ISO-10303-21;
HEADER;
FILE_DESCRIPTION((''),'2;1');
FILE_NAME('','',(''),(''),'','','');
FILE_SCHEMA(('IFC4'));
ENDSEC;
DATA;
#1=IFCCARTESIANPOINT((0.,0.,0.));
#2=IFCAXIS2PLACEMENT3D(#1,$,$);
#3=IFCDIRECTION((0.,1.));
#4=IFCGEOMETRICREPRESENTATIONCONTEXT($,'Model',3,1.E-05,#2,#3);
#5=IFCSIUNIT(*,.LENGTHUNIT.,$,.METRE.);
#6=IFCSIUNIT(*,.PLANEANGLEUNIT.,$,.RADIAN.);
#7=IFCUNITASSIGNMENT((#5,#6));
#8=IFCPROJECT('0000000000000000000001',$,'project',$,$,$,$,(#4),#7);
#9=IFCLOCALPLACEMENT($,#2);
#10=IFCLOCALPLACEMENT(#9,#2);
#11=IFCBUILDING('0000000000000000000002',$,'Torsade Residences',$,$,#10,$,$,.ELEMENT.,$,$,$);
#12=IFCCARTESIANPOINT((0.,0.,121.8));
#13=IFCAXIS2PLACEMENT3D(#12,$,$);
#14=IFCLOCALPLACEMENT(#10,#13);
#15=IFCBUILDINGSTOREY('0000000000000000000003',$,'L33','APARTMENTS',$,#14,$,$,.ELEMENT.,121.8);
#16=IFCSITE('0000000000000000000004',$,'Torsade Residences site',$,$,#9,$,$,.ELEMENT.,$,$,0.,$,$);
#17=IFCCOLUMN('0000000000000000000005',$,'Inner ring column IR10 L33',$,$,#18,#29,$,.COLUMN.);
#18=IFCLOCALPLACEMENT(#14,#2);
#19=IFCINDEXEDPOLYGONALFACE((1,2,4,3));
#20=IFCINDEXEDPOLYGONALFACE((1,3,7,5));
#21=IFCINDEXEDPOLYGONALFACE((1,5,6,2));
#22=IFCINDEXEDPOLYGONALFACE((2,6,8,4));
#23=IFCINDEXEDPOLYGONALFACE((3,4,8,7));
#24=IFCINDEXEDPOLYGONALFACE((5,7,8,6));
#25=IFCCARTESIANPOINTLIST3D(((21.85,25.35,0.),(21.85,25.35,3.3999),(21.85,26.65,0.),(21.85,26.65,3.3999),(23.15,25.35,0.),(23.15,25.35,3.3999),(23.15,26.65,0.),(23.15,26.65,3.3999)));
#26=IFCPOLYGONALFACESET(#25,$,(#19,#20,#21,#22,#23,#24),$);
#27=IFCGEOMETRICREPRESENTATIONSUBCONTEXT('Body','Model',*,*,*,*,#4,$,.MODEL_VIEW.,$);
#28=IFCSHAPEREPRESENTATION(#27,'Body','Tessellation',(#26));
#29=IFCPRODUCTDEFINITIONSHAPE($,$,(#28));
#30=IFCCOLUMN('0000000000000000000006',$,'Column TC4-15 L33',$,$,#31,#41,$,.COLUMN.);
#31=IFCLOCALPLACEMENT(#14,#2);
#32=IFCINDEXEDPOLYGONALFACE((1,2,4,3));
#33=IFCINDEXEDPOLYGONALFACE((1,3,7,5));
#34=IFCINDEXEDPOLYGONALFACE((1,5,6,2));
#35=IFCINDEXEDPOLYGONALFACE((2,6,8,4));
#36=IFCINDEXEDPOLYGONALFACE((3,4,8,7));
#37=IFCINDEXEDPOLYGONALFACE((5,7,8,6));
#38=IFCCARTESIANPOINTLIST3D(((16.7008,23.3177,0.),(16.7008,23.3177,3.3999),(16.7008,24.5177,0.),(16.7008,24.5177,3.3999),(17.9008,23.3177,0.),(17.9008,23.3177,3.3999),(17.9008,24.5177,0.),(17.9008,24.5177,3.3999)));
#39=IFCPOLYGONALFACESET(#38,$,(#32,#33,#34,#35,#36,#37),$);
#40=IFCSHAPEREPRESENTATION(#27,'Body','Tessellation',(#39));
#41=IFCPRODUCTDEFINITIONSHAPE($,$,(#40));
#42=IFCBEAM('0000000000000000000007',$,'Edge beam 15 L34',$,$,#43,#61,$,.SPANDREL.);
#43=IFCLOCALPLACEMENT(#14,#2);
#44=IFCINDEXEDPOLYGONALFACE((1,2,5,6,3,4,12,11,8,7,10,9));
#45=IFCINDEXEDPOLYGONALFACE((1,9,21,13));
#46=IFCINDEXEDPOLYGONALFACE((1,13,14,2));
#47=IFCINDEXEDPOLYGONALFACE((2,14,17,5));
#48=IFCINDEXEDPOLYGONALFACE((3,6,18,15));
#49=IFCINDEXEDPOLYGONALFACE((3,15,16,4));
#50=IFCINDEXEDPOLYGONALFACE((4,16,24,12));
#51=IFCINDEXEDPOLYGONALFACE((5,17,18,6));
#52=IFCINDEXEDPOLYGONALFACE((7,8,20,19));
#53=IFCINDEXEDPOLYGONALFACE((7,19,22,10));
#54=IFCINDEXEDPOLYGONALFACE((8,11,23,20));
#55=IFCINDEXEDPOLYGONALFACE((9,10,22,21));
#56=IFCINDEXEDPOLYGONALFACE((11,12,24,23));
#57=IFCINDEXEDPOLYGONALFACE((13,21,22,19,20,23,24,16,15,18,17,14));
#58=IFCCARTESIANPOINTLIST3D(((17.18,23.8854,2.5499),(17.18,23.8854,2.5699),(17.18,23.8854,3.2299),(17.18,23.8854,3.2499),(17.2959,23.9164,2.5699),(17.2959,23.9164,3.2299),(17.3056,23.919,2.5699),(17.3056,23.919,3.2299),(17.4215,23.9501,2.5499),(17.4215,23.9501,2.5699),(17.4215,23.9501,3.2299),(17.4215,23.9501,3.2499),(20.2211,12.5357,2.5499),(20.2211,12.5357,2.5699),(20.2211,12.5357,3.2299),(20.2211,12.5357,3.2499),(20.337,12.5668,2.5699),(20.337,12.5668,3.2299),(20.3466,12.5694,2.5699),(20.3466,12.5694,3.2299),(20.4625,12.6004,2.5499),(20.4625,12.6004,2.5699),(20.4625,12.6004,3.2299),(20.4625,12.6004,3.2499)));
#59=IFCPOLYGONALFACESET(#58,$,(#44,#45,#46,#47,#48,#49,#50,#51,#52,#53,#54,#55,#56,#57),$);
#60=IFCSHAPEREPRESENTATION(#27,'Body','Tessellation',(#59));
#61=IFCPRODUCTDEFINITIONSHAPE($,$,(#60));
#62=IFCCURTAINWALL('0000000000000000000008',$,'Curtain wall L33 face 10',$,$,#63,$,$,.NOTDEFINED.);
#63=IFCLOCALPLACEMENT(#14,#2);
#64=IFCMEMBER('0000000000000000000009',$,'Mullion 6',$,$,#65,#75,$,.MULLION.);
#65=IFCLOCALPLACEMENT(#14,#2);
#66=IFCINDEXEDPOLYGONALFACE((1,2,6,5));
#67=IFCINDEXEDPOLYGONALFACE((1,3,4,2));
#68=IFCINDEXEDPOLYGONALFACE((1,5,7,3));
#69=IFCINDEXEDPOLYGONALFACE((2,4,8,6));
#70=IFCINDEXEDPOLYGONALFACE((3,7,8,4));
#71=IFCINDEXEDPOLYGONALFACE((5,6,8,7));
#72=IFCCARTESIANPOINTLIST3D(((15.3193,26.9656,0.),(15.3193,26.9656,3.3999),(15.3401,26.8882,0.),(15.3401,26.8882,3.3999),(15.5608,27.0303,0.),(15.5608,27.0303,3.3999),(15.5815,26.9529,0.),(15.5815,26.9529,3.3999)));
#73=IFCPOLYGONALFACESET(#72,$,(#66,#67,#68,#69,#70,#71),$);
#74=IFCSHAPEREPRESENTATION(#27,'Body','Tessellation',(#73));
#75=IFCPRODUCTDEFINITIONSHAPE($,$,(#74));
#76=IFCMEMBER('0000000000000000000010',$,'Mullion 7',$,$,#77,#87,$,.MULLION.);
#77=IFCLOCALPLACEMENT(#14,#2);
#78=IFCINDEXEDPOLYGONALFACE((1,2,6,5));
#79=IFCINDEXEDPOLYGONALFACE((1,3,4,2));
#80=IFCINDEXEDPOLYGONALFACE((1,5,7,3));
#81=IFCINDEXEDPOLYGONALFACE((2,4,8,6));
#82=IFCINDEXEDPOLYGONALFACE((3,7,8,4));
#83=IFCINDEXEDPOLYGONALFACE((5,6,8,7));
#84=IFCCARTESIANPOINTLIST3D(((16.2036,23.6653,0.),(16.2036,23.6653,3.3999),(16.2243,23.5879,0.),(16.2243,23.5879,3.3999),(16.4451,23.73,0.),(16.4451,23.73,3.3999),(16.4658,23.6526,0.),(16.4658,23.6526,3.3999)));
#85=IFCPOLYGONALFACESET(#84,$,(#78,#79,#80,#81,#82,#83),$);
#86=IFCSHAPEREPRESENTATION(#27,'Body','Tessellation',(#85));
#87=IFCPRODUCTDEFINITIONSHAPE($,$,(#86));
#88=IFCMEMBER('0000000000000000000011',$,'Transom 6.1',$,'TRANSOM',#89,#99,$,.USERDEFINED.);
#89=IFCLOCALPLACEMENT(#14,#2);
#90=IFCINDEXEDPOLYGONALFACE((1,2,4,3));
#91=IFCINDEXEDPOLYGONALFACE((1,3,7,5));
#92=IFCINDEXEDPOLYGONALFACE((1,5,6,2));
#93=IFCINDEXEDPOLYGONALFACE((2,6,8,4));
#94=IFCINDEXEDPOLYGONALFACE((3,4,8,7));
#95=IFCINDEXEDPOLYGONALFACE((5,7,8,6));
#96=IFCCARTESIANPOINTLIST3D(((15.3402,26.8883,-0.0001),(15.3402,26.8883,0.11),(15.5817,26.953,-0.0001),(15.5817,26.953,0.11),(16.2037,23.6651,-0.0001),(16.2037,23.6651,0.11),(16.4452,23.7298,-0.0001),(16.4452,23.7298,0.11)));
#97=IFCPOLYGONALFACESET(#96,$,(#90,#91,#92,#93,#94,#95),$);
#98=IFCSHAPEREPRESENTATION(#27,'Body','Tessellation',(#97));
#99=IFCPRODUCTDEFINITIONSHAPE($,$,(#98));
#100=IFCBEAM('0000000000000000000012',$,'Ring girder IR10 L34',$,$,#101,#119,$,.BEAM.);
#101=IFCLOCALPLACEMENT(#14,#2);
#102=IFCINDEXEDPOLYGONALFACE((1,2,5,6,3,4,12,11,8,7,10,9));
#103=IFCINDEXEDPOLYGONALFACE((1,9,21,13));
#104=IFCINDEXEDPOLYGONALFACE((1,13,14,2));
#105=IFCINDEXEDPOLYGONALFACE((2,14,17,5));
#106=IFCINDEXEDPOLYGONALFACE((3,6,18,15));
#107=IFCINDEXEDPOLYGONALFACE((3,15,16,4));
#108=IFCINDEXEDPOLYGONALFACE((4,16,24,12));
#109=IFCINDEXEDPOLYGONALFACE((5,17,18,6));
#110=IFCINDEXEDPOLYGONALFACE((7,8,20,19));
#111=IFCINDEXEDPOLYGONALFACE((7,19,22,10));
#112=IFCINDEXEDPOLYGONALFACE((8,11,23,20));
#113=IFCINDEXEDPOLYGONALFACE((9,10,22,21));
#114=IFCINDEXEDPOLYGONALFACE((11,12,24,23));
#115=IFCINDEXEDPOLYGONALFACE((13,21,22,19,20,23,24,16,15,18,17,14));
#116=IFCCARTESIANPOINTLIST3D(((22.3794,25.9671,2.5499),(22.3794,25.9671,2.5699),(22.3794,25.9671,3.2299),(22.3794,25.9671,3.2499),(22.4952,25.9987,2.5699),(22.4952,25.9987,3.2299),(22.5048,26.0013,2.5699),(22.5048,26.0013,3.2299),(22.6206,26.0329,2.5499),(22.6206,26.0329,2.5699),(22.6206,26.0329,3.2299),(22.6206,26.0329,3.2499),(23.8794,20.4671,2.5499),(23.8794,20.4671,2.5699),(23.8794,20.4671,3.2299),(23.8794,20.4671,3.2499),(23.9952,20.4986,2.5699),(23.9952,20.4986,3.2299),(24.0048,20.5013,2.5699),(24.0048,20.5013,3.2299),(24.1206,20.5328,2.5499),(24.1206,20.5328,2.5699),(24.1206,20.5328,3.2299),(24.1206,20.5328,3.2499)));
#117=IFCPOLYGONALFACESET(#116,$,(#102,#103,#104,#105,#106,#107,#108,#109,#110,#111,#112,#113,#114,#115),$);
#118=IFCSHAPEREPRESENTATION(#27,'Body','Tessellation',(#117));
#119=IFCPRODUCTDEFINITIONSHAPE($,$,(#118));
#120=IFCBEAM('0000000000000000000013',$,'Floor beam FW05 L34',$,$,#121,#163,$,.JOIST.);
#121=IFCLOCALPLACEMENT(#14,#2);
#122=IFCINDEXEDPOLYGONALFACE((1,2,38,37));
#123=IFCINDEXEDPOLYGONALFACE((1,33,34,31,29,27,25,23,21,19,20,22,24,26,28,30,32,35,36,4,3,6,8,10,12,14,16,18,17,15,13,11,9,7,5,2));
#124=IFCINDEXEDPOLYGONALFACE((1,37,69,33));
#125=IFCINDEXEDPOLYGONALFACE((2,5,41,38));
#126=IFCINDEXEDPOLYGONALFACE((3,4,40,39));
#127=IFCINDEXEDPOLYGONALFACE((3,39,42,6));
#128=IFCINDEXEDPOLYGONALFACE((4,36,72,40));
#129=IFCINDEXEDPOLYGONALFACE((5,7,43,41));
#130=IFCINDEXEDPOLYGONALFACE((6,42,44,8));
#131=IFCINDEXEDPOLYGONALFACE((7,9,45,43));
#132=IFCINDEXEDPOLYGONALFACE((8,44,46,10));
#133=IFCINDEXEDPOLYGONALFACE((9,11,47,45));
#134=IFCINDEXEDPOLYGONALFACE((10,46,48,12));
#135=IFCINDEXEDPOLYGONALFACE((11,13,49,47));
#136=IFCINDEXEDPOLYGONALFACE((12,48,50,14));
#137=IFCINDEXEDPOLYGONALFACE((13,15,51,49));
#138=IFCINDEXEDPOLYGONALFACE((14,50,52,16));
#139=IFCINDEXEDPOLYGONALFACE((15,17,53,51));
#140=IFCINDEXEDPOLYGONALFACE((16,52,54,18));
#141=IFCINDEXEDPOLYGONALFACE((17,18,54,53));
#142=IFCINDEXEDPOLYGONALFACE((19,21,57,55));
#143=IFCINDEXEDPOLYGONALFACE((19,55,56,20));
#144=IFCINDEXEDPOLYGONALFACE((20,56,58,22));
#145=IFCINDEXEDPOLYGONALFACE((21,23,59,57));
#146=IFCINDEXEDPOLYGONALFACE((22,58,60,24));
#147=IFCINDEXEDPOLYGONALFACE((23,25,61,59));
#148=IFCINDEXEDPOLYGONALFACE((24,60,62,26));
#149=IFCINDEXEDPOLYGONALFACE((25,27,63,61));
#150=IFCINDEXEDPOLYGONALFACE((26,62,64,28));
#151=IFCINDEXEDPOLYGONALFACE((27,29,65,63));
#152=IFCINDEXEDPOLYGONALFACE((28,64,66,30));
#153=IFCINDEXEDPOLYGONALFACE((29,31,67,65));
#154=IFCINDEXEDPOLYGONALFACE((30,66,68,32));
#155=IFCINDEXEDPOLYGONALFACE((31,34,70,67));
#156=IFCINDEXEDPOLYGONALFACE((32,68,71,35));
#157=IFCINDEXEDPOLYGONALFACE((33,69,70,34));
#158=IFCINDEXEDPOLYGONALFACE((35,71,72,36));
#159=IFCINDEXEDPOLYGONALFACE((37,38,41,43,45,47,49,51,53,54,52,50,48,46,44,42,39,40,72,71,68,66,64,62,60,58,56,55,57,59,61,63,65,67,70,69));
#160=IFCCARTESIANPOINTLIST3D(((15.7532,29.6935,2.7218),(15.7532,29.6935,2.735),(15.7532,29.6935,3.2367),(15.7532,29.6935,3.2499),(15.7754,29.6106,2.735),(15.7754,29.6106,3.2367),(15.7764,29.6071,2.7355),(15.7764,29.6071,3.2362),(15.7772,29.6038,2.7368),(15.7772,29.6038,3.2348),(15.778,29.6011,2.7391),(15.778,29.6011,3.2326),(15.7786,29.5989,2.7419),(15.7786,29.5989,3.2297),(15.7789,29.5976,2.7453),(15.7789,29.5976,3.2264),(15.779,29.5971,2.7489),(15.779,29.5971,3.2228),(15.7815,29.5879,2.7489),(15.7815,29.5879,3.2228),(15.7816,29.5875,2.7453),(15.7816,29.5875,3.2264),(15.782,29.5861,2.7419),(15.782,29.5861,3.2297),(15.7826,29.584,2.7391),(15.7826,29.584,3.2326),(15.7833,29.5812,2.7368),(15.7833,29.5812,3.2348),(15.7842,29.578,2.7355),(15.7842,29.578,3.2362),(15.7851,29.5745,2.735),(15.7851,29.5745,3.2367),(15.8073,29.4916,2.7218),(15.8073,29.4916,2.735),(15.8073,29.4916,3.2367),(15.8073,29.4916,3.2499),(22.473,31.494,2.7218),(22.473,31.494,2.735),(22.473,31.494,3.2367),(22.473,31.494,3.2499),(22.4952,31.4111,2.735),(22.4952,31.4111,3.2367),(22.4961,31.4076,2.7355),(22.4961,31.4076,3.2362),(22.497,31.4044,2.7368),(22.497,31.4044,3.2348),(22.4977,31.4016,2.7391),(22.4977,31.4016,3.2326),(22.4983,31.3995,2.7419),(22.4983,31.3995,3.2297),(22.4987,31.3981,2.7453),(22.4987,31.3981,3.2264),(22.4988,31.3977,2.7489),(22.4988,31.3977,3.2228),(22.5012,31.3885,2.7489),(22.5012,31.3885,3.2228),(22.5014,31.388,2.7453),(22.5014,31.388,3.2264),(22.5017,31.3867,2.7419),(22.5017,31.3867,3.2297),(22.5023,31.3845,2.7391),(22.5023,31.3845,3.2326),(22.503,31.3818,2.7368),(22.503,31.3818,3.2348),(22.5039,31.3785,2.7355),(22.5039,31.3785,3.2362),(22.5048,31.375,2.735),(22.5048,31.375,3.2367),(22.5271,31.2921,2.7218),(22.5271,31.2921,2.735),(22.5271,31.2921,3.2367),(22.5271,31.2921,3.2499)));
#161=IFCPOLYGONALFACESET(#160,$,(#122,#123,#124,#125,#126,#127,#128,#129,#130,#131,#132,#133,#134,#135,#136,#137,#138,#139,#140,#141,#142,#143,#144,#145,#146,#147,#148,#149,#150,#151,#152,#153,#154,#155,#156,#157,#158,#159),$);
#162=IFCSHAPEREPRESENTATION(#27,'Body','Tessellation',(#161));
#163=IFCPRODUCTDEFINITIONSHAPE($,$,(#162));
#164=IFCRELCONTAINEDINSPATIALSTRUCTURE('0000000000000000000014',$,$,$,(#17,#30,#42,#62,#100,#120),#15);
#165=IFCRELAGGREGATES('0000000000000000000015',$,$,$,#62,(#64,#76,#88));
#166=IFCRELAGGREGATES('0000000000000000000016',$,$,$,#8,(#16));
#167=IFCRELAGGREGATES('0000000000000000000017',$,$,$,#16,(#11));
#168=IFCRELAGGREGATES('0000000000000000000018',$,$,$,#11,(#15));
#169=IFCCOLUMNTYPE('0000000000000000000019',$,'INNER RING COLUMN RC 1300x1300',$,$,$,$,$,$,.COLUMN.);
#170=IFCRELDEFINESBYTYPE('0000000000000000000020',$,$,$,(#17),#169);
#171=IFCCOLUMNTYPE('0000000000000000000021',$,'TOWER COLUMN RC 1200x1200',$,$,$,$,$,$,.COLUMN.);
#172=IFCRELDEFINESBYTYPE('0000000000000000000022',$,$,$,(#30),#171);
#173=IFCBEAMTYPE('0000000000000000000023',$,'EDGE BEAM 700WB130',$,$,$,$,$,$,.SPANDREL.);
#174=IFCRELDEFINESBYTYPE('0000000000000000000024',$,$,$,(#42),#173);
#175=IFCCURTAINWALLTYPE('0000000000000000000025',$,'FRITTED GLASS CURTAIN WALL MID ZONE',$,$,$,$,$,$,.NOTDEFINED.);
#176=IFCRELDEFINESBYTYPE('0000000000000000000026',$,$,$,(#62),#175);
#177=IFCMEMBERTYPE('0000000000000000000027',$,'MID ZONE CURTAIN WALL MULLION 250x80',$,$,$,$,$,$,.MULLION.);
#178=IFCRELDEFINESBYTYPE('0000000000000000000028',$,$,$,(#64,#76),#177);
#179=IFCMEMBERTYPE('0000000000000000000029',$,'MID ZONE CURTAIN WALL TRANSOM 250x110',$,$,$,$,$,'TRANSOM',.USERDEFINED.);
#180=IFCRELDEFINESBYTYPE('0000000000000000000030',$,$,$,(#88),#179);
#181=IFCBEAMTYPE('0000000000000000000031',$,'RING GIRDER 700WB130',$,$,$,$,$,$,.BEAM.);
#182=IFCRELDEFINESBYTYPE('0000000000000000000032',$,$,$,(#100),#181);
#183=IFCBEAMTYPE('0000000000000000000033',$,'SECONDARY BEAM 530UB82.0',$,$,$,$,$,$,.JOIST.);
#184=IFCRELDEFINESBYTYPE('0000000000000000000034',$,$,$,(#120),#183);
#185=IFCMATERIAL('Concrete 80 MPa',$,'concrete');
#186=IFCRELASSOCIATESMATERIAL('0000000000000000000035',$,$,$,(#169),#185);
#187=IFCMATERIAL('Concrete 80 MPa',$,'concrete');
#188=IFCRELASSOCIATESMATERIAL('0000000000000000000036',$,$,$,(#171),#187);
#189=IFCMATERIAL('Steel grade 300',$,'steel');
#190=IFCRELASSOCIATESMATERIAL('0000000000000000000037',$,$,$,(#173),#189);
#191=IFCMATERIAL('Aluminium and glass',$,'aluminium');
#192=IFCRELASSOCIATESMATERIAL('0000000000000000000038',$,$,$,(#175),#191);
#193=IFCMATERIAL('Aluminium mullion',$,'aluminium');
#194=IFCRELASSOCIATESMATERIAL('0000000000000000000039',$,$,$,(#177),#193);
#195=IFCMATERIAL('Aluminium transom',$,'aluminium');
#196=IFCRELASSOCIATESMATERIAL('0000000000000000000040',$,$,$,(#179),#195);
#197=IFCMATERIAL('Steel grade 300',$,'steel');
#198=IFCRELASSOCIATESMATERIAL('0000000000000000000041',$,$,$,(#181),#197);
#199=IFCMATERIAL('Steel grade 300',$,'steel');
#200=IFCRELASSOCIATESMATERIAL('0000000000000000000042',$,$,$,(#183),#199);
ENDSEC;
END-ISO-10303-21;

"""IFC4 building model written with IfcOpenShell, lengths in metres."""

from ifc_helpers import new_model, si_unit, direction, frame, origin, origin_2d, place, context, subcontext, project, spatial, rectangle, i_section, extrude, material, material_profile, profile_set, type_object, element, aggregate, save


model = new_model("IFC4")

# Units and contexts
model_context = context("Model", 3, precision=1e-05, world=origin(), true_north=direction((0.0, 1.0)))
body_context = subcontext(model_context, "Body", "Model", "MODEL_VIEW")
ifc_project = project(units=[si_unit("LENGTHUNIT", "METRE"), si_unit("PLANEANGLEUNIT", "RADIAN")], contexts=[model_context])

# Site, building, storey
site_placement = place(None, origin())
site = spatial("IfcSite", under=ifc_project, at=site_placement, Name="Torsade Residences site", CompositionType="ELEMENT", RefElevation=0.0)
building_placement = place(site_placement, origin())
building = spatial("IfcBuilding", under=site, at=building_placement, Name="Torsade Residences", CompositionType="ELEMENT")
storey_placement = place(building_placement, frame((0.0, 0.0, 121.8)))
storey = spatial("IfcBuildingStorey", under=building, at=storey_placement, Name="L33", Description="APARTMENTS", CompositionType="ELEMENT", Elevation=121.8)

# Columns
ifc_material_1 = material(Name="Concrete 80 MPa", Category="concrete")
ifc_material_profile_1 = material_profile(ifc_material_1, rectangle(XDim=1.3, YDim=1.3, at=origin_2d()), Name="RC 1300x1300")
ifc_profile_set_1 = profile_set([ifc_material_profile_1], Name="Concrete 80 MPa")
column_type_1 = type_object("IfcColumnType", Name="INNER RING COLUMN RC 1300x1300", PredefinedType="COLUMN", material=ifc_profile_set_1)
column_1_placement = place(storey_placement, frame((22.5, 26.0, 0.0), z_axis=(0.0, 0.0, 1.0), x_axis=(1.0, 0.0, 0.0)))
element("IfcColumn", 1, at=column_1_placement, inside=storey, type_object=column_type_1, Name="Inner ring column IR10 L33", PredefinedType="COLUMN", context=body_context, shape_type="SweptSolid", body=[
    extrude(rectangle(XDim=1.3, YDim=1.3, at=origin_2d()), origin(), (0.0, 0.0, 1.0), 3.3999),
])
ifc_material_2 = material(Name="Concrete 80 MPa", Category="concrete")
ifc_material_profile_2 = material_profile(ifc_material_2, rectangle(XDim=1.2, YDim=1.2, at=origin_2d()), Name="RC 1200x1200")
ifc_profile_set_2 = profile_set([ifc_material_profile_2], Name="Concrete 80 MPa")
column_type_2 = type_object("IfcColumnType", Name="TOWER COLUMN RC 1200x1200", PredefinedType="COLUMN", material=ifc_profile_set_2)
column_2_placement = place(storey_placement, frame((17.3008, 23.9177, 0.0), z_axis=(0.0, 0.0, 1.0), x_axis=(1.0, 0.0, 0.0)))
element("IfcColumn", 2, at=column_2_placement, inside=storey, type_object=column_type_2, Name="Column TC4-15 L33", PredefinedType="COLUMN", context=body_context, shape_type="SweptSolid", body=[
    extrude(rectangle(XDim=1.2, YDim=1.2, at=origin_2d()), origin(), (0.0, 0.0, 1.0), 3.3999),
])

# Beam
ifc_material_3 = material(Name="Steel grade 300", Category="steel")
ifc_material_profile_3 = material_profile(ifc_material_3, i_section(OverallWidth=0.25, OverallDepth=0.7, WebThickness=0.01, FlangeThickness=0.02, at=origin_2d()), Name="700WB130")
ifc_profile_set_3 = profile_set([ifc_material_profile_3], Name="Steel grade 300")
beam_type_1 = type_object("IfcBeamType", Name="EDGE BEAM 700WB130", PredefinedType="SPANDREL", material=ifc_profile_set_3)
beam_1_placement = place(storey_placement, frame((17.3008, 23.9177, 2.8999), z_axis=(0.258811, -0.965928, 0.0), x_axis=(0.965928, 0.258811, 0.0)))
element("IfcBeam", 3, at=beam_1_placement, inside=storey, type_object=beam_type_1, Name="Edge beam 15 L34", PredefinedType="SPANDREL", context=body_context, shape_type="SweptSolid", body=[
    extrude(i_section(OverallWidth=0.25, OverallDepth=0.7, WebThickness=0.01, FlangeThickness=0.02, at=origin_2d()), origin(), (0.0, 0.0, 1.0), 11.75),
])

# Curtain wall, members
ifc_material_4 = material(Name="Aluminium and glass", Category="aluminium")
curtain_wall_type = type_object("IfcCurtainWallType", Name="FRITTED GLASS CURTAIN WALL MID ZONE", PredefinedType="NOTDEFINED", material=ifc_material_4)
curtain_wall_placement = place(storey_placement, origin())
curtain_wall = element("IfcCurtainWall", 4, at=curtain_wall_placement, inside=storey, type_object=curtain_wall_type, Name="Curtain wall L33 face 10", PredefinedType="NOTDEFINED")
ifc_material_5 = material(Name="Aluminium mullion", Category="aluminium")
ifc_material_profile_4 = material_profile(ifc_material_5, rectangle(XDim=0.25, YDim=0.0801, at=origin_2d()), Name="MID ZONE CURTAIN WALL MULLION 250x80")
ifc_profile_set_4 = profile_set([ifc_material_profile_4], Name="Aluminium mullion")
member_type_1 = type_object("IfcMemberType", Name="MID ZONE CURTAIN WALL MULLION 250x80", PredefinedType="MULLION", material=ifc_profile_set_4)
member_1_placement = place(storey_placement, frame((15.4504, 26.9592, 0.0), z_axis=(0.0, 0.0, 1.0), x_axis=(0.965926, 0.258819, 0.0)))
member_1 = element("IfcMember", 5, at=member_1_placement, type_object=member_type_1, Name="Mullion 6", PredefinedType="MULLION", context=body_context, shape_type="SweptSolid", body=[
    extrude(rectangle(XDim=0.25, YDim=0.0801, at=origin_2d()), origin(), (0.0, 0.0, 1.0), 3.3999),
])
member_2_placement = place(storey_placement, frame((16.3347, 23.6589, 0.0), z_axis=(0.0, 0.0, 1.0), x_axis=(0.965926, 0.258819, 0.0)))
member_2 = element("IfcMember", 6, at=member_2_placement, type_object=member_type_1, Name="Mullion 7", PredefinedType="MULLION", context=body_context, shape_type="SweptSolid", body=[
    extrude(rectangle(XDim=0.25, YDim=0.0801, at=origin_2d()), origin(), (0.0, 0.0, 1.0), 3.3999),
])
ifc_material_6 = material(Name="Aluminium transom", Category="aluminium")
ifc_material_profile_5 = material_profile(ifc_material_6, rectangle(XDim=0.25, YDim=0.1101, at=origin_2d()), Name="MID ZONE CURTAIN WALL TRANSOM 250x110")
ifc_profile_set_5 = profile_set([ifc_material_profile_5], Name="Aluminium transom")
member_type_2 = type_object("IfcMemberType", Name="MID ZONE CURTAIN WALL TRANSOM 250x110", ElementType="TRANSOM", PredefinedType="USERDEFINED", material=ifc_profile_set_5)
member_3_placement = place(storey_placement, frame((15.4609, 26.9207, 0.0549), z_axis=(0.258787, -0.965934, 0.0), x_axis=(0.965934, 0.258787, 0.0)))
member_3 = element("IfcMember", 7, at=member_3_placement, type_object=member_type_2, Name="Transom 6.1", ObjectType="TRANSOM", PredefinedType="USERDEFINED", context=body_context, shape_type="SweptSolid", body=[
    extrude(rectangle(XDim=0.25, YDim=0.1101, at=origin_2d()), origin(), (0.0, 0.0, 1.0), 3.3369),
])

# Beams
ifc_material_7 = material(Name="Steel grade 300", Category="steel")
ifc_material_profile_6 = material_profile(ifc_material_7, i_section(OverallWidth=0.25, OverallDepth=0.7, WebThickness=0.01, FlangeThickness=0.02, at=origin_2d()), Name="700WB130")
ifc_profile_set_6 = profile_set([ifc_material_profile_6], Name="Steel grade 300")
beam_type_2 = type_object("IfcBeamType", Name="RING GIRDER 700WB130", PredefinedType="BEAM", material=ifc_profile_set_6)
beam_2_placement = place(storey_placement, frame((22.5, 26.0, 2.8999), z_axis=(0.263117, -0.964764, 0.0), x_axis=(0.964764, 0.263117, 0.0)))
element("IfcBeam", 8, at=beam_2_placement, inside=storey, type_object=beam_type_2, Name="Ring girder IR10 L34", PredefinedType="BEAM", context=body_context, shape_type="SweptSolid", body=[
    extrude(i_section(OverallWidth=0.25, OverallDepth=0.7, WebThickness=0.01, FlangeThickness=0.02, at=origin_2d()), origin(), (0.0, 0.0, 1.0), 5.7009),
])
ifc_material_8 = material(Name="Steel grade 300", Category="steel")
ifc_material_profile_7 = material_profile(ifc_material_8, i_section(OverallWidth=0.209, OverallDepth=0.5281, WebThickness=0.0095, FlangeThickness=0.0132, FilletRadius=0.0139, at=origin_2d()), Name="530UB82.0")
ifc_profile_set_7 = profile_set([ifc_material_profile_7], Name="Steel grade 300")
beam_type_3 = type_object("IfcBeamType", Name="SECONDARY BEAM 530UB82.0", PredefinedType="JOIST", material=ifc_profile_set_7)
beam_3_placement = place(storey_placement, frame((15.7803, 29.5925, 2.9858), z_axis=(0.965926, 0.258818, 0.0), x_axis=(-0.258818, 0.965926, 0.0)))
element("IfcBeam", 9, at=beam_3_placement, inside=storey, type_object=beam_type_3, Name="Floor beam FW05 L34", PredefinedType="JOIST", context=body_context, shape_type="SweptSolid", body=[
    extrude(i_section(OverallWidth=0.209, OverallDepth=0.5281, WebThickness=0.0095, FlangeThickness=0.0132, FilletRadius=0.0139, at=origin_2d()), origin(), (0.0, 0.0, 1.0), 6.9568),
])

aggregate(curtain_wall, [member_1, member_2, member_3])

save(model, "model.ifc")
